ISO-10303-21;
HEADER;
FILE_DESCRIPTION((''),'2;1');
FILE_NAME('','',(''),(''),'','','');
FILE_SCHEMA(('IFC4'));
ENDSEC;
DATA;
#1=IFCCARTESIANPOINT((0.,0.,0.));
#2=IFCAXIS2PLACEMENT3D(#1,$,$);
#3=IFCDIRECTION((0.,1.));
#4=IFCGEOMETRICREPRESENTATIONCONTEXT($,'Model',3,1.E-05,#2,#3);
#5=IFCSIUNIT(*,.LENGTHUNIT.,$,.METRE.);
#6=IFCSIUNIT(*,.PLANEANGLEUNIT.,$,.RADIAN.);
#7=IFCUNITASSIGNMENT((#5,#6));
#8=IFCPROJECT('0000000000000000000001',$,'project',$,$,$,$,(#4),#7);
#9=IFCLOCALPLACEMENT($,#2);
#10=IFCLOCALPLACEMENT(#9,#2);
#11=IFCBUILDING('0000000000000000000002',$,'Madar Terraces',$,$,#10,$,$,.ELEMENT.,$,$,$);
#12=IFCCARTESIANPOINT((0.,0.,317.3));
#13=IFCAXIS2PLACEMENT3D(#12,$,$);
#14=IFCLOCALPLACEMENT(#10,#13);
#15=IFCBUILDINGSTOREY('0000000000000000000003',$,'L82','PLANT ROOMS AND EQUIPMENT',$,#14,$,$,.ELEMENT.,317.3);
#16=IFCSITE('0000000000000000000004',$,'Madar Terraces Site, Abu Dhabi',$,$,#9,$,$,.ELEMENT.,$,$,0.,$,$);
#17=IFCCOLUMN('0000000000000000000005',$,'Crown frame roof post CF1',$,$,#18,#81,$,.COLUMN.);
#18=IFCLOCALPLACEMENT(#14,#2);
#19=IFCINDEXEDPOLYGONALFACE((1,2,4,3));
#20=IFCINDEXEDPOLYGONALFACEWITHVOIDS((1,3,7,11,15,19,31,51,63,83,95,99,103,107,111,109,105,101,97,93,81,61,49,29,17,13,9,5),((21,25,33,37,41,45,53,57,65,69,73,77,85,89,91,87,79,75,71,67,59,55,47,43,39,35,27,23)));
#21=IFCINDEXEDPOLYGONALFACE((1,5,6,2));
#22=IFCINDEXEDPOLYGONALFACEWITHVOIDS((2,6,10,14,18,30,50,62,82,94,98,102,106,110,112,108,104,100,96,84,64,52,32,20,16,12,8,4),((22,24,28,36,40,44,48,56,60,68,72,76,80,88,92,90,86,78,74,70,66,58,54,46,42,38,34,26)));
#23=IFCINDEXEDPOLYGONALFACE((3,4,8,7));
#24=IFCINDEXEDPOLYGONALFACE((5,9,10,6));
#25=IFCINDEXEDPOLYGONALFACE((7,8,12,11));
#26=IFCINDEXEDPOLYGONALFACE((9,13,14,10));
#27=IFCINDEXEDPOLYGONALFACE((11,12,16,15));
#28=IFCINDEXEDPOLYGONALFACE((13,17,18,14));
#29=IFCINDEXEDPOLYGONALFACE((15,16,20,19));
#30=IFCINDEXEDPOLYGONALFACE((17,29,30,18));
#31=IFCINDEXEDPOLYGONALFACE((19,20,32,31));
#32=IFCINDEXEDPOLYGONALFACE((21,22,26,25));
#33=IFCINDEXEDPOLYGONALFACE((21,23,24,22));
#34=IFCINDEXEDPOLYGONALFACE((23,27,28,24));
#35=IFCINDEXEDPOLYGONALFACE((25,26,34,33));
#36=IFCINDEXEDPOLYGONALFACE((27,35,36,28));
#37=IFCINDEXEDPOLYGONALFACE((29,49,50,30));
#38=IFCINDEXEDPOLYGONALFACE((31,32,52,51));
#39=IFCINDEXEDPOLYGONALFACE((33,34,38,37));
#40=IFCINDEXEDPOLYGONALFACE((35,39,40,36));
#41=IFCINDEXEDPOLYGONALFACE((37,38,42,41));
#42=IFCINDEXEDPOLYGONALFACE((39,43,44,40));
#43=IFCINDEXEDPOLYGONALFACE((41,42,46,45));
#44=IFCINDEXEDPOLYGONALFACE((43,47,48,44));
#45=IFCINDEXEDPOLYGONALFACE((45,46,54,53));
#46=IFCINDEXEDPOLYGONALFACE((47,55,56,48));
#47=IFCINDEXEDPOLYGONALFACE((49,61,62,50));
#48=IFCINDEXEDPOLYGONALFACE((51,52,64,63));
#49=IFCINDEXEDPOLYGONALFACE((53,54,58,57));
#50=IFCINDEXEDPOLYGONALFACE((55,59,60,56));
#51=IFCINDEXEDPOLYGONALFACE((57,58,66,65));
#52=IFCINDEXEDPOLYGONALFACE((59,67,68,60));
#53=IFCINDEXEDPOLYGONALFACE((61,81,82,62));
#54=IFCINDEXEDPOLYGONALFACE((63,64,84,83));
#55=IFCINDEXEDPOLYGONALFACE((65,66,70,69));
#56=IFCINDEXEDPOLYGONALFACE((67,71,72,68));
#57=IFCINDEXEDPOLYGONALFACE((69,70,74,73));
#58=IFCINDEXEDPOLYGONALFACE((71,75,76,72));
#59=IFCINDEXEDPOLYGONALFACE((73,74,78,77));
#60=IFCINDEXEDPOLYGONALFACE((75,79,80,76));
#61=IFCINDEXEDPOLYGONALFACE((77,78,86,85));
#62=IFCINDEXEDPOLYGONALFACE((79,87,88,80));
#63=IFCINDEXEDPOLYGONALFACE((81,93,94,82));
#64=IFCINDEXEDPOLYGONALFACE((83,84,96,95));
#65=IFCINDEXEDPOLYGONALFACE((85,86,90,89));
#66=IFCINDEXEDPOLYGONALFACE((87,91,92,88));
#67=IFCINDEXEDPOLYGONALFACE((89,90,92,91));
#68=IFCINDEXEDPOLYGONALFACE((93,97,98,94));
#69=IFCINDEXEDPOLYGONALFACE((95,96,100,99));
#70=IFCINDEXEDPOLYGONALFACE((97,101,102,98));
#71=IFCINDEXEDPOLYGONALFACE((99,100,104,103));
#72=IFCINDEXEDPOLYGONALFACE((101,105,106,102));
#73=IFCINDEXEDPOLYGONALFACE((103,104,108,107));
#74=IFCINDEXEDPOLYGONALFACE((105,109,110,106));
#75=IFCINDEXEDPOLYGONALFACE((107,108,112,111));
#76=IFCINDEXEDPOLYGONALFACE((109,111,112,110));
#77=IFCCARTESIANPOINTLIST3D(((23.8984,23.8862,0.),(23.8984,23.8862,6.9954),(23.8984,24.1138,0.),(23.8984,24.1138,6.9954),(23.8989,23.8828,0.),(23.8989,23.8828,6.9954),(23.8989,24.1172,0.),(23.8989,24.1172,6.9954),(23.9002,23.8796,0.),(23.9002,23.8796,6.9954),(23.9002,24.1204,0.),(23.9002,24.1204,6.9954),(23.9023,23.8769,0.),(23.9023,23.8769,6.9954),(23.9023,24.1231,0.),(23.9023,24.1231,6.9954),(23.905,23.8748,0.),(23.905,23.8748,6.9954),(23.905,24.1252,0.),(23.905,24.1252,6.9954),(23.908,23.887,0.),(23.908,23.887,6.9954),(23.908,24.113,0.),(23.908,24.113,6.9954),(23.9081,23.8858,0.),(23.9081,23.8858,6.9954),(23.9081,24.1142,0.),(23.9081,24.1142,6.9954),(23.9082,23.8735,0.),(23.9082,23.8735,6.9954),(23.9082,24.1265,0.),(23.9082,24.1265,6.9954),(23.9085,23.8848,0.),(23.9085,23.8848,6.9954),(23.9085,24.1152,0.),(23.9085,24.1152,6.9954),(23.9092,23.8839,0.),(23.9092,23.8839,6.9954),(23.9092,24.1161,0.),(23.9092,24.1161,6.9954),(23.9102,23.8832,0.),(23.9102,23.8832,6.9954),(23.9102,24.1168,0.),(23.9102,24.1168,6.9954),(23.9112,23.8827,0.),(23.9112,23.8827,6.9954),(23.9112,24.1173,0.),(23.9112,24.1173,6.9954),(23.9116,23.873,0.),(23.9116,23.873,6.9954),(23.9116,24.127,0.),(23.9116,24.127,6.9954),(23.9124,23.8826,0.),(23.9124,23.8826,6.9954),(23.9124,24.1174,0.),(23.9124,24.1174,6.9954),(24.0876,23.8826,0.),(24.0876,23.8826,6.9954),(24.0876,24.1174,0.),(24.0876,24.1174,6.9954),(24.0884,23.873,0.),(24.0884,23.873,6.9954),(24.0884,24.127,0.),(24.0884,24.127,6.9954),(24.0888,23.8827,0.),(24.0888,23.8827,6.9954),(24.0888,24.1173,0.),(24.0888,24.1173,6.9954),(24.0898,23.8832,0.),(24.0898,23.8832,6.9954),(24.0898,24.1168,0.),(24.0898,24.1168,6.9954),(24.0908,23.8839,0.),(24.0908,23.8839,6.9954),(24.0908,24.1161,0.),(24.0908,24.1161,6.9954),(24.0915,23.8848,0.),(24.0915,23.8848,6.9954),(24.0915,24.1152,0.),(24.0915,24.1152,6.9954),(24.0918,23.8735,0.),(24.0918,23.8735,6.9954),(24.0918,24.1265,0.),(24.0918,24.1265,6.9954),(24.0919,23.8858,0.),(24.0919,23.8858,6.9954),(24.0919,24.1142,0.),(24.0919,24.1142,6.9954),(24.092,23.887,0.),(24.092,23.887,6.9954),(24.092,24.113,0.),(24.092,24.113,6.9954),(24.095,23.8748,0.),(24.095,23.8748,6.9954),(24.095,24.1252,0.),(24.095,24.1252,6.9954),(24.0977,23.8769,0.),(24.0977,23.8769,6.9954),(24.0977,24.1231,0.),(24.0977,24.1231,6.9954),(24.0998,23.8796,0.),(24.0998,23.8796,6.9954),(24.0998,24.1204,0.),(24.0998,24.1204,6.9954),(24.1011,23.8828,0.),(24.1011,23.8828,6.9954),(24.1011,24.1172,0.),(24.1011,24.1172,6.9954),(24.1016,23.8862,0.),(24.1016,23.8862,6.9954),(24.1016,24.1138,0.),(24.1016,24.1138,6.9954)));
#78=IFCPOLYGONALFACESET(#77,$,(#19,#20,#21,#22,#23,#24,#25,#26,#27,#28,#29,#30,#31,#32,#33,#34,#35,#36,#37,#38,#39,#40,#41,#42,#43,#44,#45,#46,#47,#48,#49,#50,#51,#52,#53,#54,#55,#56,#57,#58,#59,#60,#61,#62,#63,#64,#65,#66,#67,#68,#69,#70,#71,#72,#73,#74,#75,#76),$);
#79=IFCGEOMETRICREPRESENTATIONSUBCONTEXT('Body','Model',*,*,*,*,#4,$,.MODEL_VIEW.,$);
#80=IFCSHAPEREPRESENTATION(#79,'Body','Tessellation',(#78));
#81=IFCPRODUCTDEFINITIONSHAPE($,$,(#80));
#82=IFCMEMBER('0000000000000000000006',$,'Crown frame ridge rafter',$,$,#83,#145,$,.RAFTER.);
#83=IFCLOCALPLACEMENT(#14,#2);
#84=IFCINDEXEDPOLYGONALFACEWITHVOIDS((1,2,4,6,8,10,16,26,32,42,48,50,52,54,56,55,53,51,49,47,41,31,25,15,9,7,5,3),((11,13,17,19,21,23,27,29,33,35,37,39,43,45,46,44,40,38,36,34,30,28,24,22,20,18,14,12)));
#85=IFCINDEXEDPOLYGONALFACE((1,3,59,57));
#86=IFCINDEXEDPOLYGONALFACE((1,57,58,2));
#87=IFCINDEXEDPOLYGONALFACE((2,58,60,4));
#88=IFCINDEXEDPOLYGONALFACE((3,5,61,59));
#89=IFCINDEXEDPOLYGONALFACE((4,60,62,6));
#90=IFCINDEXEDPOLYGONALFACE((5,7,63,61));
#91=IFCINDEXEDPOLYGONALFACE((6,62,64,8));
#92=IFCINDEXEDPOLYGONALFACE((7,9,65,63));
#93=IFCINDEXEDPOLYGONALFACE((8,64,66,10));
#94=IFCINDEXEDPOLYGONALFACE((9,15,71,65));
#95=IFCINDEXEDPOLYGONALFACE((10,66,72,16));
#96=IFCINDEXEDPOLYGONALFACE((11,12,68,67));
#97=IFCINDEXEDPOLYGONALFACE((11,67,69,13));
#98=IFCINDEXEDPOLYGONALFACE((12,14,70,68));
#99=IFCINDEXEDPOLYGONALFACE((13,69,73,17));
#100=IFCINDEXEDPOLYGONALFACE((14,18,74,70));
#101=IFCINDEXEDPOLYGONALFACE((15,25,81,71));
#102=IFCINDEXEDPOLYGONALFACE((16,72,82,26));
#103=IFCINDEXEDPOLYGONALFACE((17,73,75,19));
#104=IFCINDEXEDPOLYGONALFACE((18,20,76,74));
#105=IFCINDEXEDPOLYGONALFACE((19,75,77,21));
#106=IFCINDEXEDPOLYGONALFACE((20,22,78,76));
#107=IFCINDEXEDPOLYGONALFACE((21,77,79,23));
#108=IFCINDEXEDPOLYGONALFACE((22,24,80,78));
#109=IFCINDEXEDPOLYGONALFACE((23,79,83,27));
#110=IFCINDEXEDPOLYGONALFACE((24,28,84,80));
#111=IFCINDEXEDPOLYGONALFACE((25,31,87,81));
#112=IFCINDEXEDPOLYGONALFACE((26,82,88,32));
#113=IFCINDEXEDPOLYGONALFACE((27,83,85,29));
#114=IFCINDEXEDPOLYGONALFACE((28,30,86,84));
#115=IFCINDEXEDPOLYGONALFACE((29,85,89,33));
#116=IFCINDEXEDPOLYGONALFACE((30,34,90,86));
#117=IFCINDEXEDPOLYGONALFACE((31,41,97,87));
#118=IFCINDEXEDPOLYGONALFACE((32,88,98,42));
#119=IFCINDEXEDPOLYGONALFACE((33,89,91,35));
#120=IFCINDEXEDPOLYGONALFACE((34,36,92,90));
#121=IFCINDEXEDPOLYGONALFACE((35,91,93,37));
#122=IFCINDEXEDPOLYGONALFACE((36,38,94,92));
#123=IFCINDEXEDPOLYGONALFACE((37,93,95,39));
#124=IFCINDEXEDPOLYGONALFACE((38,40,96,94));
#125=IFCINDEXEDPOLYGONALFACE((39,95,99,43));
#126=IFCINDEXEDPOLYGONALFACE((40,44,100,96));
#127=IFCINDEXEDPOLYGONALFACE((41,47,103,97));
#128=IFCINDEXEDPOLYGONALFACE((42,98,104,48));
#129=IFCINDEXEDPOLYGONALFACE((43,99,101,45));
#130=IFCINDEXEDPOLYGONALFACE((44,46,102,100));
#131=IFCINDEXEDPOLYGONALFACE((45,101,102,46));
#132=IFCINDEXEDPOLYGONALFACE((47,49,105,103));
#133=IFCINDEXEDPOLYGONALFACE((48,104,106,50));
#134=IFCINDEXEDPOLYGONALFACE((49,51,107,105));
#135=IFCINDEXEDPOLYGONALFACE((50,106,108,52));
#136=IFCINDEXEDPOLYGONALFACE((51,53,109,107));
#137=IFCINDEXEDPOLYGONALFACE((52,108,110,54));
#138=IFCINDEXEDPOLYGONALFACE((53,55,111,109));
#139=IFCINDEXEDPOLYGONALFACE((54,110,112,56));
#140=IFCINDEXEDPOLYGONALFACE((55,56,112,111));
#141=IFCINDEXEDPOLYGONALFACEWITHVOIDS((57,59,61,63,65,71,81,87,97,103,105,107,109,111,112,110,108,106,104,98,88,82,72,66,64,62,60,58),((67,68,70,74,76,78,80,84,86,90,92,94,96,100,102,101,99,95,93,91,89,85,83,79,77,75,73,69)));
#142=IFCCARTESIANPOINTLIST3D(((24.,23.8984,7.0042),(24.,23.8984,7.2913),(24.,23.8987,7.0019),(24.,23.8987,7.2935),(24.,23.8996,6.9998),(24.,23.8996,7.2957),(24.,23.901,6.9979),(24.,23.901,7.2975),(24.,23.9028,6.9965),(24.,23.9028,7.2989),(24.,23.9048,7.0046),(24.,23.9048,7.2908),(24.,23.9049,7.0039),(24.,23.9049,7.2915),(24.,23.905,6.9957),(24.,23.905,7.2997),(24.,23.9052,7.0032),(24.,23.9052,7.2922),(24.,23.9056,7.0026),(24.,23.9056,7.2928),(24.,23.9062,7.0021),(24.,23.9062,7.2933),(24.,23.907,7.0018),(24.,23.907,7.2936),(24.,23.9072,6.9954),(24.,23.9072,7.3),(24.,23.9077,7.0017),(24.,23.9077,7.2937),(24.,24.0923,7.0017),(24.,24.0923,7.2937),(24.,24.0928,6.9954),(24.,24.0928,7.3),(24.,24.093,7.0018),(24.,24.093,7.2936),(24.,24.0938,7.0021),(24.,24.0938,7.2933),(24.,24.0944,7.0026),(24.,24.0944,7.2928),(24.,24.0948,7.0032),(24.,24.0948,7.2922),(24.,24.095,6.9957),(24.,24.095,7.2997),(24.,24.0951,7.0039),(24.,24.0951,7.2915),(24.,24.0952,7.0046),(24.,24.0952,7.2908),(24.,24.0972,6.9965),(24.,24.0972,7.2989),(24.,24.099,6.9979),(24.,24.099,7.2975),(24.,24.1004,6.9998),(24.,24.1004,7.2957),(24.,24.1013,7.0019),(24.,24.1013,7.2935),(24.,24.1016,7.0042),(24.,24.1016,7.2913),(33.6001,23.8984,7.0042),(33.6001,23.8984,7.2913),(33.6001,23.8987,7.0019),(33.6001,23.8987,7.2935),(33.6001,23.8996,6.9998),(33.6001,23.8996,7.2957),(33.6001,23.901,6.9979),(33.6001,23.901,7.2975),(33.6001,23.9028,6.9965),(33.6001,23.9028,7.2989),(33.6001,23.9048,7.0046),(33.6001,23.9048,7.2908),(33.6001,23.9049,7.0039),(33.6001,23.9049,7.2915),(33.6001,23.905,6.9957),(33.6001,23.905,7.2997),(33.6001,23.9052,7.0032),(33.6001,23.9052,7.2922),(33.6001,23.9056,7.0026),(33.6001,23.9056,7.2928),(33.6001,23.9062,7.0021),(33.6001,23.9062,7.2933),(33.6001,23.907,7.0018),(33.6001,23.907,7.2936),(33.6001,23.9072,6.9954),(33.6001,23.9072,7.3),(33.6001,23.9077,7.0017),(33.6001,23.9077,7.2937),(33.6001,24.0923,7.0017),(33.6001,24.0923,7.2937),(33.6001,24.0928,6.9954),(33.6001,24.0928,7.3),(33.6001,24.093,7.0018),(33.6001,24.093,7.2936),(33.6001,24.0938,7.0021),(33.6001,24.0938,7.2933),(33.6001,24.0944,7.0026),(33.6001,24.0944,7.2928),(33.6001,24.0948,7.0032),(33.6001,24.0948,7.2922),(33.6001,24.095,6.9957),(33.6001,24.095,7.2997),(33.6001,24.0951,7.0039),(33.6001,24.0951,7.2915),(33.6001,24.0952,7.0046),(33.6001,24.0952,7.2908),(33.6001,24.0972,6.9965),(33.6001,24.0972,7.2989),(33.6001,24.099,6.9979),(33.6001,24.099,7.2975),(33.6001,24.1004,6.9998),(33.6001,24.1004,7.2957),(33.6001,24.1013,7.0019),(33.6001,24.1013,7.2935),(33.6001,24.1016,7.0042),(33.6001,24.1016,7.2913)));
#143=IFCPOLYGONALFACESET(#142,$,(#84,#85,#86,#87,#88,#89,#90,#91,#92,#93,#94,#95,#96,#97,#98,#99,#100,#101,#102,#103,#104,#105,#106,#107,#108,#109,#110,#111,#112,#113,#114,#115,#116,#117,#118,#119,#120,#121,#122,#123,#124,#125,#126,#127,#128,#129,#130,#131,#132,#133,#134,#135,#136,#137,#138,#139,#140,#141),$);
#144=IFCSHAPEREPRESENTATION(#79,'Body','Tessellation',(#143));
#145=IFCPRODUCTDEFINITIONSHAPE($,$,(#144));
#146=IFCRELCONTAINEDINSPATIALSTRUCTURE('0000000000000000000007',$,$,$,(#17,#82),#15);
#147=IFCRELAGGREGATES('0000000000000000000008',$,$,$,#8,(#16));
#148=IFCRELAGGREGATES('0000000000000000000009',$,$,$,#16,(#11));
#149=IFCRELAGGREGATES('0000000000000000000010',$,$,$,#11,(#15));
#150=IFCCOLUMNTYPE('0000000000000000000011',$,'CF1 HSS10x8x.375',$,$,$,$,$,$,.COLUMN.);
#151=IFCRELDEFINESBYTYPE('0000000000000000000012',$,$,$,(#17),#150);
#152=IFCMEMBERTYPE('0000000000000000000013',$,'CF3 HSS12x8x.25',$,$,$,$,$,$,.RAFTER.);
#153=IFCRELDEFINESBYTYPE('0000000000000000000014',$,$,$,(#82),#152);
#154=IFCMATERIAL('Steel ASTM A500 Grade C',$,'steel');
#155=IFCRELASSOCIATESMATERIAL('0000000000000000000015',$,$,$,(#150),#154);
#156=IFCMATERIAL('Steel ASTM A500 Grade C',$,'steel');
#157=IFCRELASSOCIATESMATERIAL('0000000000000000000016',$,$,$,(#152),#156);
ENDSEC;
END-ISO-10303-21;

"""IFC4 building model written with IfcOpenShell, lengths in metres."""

from ifc_helpers import new_model, si_unit, direction, frame, origin, origin_2d, place, context, subcontext, project, spatial, hollow_rectangle, extrude, material, material_profile, profile_set, type_object, element, save


model = new_model("IFC4")

# Units and contexts
model_context = context("Model", 3, precision=1e-05, world=origin(), true_north=direction((0.0, 1.0)))
body_context = subcontext(model_context, "Body", "Model", "MODEL_VIEW")
ifc_project = project(units=[si_unit("LENGTHUNIT", "METRE"), si_unit("PLANEANGLEUNIT", "RADIAN")], contexts=[model_context])

# Site, building, storey
site_placement = place(None, origin())
site = spatial("IfcSite", under=ifc_project, at=site_placement, Name="Madar Terraces Site, Abu Dhabi", CompositionType="ELEMENT", RefElevation=0.0)
building_placement = place(site_placement, origin())
building = spatial("IfcBuilding", under=site, at=building_placement, Name="Madar Terraces", CompositionType="ELEMENT")
storey_placement = place(building_placement, frame((0.0, 0.0, 317.3)))
storey = spatial("IfcBuildingStorey", under=building, at=storey_placement, Name="L82", Description="PLANT ROOMS AND EQUIPMENT", CompositionType="ELEMENT", Elevation=317.3)

# Column
ifc_material_1 = material(Name="Steel ASTM A500 Grade C", Category="steel")
ifc_material_profile_1 = material_profile(ifc_material_1, hollow_rectangle(XDim=0.2031, YDim=0.2539, WallThickness=0.0095, InnerFilletRadius=0.0044, OuterFilletRadius=0.0132, at=origin_2d()), Name="HSS10x8x.375")
ifc_profile_set_1 = profile_set([ifc_material_profile_1], Name="Steel ASTM A500 Grade C")
column_type = type_object("IfcColumnType", Name="CF1 HSS10x8x.375", PredefinedType="COLUMN", material=ifc_profile_set_1)
column_placement = place(storey_placement, frame((24.0, 24.0, 0.0), z_axis=(0.0, 0.0, 1.0), x_axis=(1.0, 0.0, 0.0)))
element("IfcColumn", 1, at=column_placement, inside=storey, type_object=column_type, Name="Crown frame roof post CF1", PredefinedType="COLUMN", context=body_context, shape_type="SweptSolid", body=[
    extrude(hollow_rectangle(XDim=0.2031, YDim=0.2539, WallThickness=0.0095, InnerFilletRadius=0.0044, OuterFilletRadius=0.0132, at=origin_2d()), origin(), (0.0, 0.0, 1.0), 6.9954),
])

# Member
ifc_material_2 = material(Name="Steel ASTM A500 Grade C", Category="steel")
ifc_material_profile_2 = material_profile(ifc_material_2, hollow_rectangle(XDim=0.2031, YDim=0.3047, WallThickness=0.0063, InnerFilletRadius=0.0029, OuterFilletRadius=0.0088, at=origin_2d()), Name="HSS12x8x.25")
ifc_profile_set_2 = profile_set([ifc_material_profile_2], Name="Steel ASTM A500 Grade C")
member_type_1 = type_object("IfcMemberType", Name="CF3 HSS12x8x.25", PredefinedType="RAFTER", material=ifc_profile_set_2)
member_1_placement = place(storey_placement, frame((24.0, 24.0, 7.1477), z_axis=(1.0, 0.0, 0.0), x_axis=(0.0, 1.0, 0.0)))
element("IfcMember", 2, at=member_1_placement, inside=storey, type_object=member_type_1, Name="Crown frame ridge rafter", PredefinedType="RAFTER", context=body_context, shape_type="SweptSolid", body=[
    extrude(hollow_rectangle(XDim=0.2031, YDim=0.3047, WallThickness=0.0063, InnerFilletRadius=0.0029, OuterFilletRadius=0.0088, at=origin_2d()), origin(), (0.0, 0.0, 1.0), 9.6001),
])

save(model, "model.ifc")
